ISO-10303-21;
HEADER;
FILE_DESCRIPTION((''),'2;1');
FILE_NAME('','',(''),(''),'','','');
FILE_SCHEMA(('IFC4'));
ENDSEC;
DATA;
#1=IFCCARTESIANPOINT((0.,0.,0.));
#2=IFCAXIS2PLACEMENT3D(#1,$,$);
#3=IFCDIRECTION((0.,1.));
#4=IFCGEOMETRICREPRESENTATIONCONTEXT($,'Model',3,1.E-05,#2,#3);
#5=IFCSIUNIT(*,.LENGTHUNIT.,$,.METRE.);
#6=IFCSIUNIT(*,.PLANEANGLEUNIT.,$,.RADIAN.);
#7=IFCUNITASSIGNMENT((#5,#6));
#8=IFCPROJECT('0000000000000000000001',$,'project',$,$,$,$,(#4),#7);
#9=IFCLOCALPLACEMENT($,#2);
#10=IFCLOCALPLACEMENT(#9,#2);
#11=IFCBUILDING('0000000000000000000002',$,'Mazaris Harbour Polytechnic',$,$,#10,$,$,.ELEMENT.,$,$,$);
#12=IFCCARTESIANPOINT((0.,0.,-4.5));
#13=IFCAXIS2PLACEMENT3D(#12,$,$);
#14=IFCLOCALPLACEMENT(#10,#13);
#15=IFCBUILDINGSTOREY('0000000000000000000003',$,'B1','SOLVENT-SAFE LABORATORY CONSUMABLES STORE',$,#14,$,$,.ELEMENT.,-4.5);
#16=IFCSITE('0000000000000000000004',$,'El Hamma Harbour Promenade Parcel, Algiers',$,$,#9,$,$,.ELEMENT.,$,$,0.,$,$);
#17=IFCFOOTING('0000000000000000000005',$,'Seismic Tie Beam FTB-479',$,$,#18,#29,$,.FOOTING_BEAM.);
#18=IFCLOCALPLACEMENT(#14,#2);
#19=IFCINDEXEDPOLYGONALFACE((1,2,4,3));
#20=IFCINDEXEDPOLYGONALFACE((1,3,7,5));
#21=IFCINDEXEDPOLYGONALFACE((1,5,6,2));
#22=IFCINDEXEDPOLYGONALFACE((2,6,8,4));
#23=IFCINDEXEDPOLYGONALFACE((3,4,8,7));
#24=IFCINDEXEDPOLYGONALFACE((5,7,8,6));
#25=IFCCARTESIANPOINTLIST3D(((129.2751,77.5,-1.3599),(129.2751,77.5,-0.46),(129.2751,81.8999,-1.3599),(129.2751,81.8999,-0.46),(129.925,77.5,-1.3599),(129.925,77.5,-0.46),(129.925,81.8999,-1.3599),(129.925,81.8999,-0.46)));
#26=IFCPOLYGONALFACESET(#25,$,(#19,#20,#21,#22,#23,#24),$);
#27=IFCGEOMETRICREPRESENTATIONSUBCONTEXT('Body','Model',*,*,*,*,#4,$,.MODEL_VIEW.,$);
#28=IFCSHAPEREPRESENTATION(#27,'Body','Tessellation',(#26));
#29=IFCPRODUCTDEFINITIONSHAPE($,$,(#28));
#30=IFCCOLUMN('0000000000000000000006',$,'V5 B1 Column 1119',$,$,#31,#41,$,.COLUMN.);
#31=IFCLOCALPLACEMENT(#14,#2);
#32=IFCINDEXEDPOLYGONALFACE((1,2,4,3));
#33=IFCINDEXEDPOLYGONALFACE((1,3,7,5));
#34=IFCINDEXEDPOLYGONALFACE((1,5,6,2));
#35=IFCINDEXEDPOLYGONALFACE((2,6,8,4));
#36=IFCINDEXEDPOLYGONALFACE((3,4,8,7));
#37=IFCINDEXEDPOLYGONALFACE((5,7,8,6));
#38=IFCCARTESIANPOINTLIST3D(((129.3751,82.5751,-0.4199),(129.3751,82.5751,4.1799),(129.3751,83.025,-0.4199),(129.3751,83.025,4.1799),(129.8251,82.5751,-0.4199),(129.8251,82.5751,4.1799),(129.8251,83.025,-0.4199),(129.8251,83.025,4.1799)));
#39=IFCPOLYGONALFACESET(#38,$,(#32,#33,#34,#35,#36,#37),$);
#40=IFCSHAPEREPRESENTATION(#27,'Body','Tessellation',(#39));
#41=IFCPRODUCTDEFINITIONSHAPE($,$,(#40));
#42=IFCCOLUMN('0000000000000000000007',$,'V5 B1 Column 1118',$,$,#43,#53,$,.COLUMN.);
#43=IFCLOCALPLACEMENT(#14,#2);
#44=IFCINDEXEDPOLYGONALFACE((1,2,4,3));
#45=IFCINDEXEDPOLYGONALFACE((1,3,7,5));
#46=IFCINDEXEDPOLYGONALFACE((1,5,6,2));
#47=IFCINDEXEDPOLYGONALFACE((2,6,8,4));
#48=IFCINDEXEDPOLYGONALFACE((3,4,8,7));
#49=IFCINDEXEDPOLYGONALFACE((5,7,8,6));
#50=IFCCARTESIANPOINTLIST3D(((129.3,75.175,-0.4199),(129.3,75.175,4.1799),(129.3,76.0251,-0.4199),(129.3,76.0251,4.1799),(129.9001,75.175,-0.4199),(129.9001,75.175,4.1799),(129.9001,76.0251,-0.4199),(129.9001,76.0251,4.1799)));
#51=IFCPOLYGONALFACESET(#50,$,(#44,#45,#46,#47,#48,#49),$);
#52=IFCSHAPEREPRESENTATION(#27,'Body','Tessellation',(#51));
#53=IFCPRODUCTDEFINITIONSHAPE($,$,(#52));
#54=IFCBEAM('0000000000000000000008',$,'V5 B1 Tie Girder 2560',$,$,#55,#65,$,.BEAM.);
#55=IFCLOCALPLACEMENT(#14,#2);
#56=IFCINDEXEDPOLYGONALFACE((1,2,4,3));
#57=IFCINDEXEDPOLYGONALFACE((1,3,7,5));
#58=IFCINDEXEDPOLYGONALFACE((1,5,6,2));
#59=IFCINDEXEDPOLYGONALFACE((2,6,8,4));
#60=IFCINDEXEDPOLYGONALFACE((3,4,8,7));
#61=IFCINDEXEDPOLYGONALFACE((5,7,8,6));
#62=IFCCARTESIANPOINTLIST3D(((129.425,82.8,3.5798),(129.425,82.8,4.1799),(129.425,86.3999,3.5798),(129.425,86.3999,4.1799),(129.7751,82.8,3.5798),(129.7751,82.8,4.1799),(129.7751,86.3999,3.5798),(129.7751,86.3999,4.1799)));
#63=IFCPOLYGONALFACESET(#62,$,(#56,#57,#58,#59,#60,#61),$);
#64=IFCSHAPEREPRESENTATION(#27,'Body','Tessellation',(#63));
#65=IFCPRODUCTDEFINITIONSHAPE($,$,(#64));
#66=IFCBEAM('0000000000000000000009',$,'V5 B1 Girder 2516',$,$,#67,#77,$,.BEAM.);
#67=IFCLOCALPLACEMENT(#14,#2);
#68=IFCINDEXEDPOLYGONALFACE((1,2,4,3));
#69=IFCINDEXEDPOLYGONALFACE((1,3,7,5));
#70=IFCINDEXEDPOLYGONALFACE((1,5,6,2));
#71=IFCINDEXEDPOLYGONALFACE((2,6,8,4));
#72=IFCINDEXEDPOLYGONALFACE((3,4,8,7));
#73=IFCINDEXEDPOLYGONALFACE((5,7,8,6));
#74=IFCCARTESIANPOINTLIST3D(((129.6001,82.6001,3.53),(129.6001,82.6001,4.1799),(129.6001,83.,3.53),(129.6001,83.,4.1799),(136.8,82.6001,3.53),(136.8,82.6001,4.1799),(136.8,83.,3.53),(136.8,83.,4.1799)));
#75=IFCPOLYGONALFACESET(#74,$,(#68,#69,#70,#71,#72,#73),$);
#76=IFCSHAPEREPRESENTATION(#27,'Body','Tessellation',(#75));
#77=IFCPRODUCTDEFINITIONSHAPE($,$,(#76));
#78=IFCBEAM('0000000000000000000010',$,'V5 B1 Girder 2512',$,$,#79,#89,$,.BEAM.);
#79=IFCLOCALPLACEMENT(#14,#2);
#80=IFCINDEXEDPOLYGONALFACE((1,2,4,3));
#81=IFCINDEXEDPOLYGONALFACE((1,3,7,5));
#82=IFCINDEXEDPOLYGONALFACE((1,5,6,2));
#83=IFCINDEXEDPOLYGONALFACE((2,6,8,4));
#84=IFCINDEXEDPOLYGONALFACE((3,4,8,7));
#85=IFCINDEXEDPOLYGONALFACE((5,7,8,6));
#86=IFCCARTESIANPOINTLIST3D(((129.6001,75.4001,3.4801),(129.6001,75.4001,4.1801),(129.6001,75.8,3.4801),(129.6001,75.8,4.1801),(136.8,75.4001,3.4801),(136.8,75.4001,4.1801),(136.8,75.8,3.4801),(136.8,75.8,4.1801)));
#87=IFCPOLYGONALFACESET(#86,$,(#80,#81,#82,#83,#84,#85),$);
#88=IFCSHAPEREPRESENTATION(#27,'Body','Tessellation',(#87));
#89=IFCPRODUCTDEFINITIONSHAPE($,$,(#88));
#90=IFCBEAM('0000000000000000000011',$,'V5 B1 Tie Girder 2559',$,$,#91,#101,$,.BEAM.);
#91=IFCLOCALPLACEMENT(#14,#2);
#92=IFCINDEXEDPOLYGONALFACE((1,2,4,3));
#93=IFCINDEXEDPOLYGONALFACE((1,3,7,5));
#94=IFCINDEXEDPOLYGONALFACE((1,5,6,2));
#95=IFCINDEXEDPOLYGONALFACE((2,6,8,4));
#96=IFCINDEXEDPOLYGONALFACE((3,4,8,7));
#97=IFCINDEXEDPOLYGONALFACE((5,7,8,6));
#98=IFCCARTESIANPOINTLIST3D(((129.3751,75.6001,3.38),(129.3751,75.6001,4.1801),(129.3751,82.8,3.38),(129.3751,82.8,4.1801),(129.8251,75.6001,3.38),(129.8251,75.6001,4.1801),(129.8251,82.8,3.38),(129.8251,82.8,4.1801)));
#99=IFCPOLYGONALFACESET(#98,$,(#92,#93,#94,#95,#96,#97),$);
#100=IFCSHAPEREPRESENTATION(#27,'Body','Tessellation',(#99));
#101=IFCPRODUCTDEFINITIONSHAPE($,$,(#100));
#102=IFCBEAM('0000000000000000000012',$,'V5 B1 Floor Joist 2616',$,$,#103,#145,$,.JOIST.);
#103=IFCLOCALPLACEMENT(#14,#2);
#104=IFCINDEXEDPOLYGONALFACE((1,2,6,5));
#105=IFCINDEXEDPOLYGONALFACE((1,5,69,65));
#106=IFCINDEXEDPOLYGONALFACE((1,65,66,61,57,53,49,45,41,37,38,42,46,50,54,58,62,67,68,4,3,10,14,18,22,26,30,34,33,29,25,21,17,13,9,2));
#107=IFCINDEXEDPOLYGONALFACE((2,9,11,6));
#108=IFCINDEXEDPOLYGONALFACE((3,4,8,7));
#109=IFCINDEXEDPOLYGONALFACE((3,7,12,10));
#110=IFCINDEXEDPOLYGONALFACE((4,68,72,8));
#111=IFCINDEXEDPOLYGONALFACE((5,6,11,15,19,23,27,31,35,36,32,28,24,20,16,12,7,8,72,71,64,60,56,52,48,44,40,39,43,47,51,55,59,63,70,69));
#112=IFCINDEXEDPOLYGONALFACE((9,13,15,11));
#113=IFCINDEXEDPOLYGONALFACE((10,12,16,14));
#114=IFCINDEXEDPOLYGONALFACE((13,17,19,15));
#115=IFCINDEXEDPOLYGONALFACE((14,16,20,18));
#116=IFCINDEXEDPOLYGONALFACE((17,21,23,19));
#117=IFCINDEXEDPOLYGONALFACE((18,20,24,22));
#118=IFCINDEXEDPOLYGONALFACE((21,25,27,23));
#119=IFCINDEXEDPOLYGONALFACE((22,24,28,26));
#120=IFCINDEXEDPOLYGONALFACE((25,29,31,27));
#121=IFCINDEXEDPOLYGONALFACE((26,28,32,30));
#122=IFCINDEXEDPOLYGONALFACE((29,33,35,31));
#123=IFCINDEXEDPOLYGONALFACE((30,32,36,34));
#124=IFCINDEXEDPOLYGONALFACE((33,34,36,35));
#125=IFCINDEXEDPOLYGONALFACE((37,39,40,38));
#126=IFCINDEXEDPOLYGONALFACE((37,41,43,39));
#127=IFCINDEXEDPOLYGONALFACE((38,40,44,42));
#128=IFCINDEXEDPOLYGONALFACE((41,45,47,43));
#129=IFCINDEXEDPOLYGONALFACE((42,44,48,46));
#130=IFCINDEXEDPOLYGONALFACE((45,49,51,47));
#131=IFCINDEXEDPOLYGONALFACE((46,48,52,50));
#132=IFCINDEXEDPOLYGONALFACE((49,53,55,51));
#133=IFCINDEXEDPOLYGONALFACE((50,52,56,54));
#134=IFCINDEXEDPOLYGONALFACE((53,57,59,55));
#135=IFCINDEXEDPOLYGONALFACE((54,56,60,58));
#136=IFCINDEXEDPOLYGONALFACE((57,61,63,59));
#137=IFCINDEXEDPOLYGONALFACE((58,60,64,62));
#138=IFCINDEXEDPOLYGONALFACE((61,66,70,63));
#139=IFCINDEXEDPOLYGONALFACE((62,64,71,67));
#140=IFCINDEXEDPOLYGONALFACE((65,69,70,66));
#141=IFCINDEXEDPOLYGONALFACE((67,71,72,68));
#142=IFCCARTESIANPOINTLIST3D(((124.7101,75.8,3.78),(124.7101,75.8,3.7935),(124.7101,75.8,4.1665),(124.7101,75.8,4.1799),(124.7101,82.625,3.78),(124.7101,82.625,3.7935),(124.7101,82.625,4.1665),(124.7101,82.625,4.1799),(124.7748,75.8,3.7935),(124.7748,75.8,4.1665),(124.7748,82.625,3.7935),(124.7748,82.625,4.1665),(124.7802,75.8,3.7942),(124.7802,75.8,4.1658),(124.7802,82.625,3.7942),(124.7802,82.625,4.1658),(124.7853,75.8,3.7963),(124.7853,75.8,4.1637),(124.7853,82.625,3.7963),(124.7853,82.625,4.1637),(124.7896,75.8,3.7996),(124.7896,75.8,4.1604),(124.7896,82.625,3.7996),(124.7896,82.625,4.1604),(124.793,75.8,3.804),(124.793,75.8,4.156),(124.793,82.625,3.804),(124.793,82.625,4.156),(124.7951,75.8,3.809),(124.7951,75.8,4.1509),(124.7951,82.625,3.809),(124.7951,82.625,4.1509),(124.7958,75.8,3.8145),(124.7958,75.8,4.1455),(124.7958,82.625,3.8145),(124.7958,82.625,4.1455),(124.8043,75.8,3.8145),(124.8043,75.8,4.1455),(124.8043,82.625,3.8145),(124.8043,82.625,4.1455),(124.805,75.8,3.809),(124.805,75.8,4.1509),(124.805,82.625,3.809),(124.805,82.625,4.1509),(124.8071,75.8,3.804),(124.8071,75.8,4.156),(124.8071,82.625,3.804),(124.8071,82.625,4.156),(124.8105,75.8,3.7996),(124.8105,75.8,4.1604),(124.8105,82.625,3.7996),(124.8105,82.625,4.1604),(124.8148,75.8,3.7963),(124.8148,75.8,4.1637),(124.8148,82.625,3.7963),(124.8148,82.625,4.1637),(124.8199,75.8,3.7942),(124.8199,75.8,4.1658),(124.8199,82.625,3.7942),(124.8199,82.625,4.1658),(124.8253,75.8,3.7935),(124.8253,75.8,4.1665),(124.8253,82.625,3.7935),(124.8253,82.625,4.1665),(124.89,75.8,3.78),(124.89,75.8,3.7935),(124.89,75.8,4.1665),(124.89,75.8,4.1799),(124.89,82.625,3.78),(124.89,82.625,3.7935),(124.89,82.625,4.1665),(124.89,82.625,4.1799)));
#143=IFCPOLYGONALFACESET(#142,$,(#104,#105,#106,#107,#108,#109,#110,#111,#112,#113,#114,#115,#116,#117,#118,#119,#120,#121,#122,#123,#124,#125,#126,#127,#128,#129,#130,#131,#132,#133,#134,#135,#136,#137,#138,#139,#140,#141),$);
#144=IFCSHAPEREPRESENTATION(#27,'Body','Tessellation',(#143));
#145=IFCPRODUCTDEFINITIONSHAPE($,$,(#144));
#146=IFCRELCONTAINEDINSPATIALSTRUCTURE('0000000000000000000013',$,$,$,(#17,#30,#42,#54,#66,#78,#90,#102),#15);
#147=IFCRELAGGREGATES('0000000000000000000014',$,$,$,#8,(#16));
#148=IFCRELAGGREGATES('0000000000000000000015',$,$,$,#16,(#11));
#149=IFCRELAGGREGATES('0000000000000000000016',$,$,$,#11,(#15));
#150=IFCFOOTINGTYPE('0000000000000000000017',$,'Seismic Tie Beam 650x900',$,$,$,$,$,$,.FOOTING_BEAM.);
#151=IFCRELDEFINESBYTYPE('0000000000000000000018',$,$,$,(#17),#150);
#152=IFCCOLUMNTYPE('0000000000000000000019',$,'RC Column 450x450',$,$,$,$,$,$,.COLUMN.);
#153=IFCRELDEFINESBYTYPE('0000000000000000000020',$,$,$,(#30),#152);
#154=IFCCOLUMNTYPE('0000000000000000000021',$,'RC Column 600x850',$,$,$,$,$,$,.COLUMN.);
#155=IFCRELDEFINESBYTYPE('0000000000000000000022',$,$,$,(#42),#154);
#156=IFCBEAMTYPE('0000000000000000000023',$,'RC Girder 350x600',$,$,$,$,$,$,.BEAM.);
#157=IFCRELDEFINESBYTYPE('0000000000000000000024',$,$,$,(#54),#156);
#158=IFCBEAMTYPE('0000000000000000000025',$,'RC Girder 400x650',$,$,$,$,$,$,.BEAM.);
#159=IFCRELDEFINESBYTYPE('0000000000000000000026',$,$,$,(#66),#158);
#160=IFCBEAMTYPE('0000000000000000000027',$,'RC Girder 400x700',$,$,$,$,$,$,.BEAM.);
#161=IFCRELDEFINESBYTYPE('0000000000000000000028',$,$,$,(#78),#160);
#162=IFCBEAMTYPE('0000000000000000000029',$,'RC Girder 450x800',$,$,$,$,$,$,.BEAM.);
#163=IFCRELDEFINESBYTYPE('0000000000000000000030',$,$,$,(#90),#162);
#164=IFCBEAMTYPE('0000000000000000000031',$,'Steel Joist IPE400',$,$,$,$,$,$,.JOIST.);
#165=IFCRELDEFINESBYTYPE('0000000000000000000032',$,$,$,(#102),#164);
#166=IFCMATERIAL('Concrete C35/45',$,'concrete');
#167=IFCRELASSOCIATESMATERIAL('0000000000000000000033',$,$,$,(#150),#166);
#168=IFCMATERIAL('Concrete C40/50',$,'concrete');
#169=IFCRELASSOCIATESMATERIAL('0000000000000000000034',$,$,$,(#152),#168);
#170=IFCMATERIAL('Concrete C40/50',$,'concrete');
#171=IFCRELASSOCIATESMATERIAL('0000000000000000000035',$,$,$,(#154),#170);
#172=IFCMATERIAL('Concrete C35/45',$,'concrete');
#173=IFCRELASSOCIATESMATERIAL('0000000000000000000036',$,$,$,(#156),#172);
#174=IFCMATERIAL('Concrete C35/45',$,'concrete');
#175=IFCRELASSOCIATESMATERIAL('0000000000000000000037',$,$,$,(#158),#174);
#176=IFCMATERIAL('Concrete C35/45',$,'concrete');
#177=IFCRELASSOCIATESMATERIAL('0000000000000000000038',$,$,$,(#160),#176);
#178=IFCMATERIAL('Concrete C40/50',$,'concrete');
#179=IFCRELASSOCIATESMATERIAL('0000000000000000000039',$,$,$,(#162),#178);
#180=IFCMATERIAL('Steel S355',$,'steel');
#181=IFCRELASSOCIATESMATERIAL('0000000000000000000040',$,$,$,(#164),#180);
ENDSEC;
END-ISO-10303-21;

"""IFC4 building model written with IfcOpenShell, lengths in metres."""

from ifc_helpers import new_model, si_unit, direction, frame, origin, origin_2d, place, context, subcontext, project, spatial, rectangle, i_section, extrude, material, material_profile, profile_set, type_object, element, save


model = new_model("IFC4")

# Units and contexts
model_context = context("Model", 3, precision=1e-05, world=origin(), true_north=direction((0.0, 1.0)))
body_context = subcontext(model_context, "Body", "Model", "MODEL_VIEW")
ifc_project = project(units=[si_unit("LENGTHUNIT", "METRE"), si_unit("PLANEANGLEUNIT", "RADIAN")], contexts=[model_context])

# Site, building, storey
site_placement = place(None, origin())
site = spatial("IfcSite", under=ifc_project, at=site_placement, Name="El Hamma Harbour Promenade Parcel, Algiers", CompositionType="ELEMENT", RefElevation=0.0)
building_placement = place(site_placement, origin())
building = spatial("IfcBuilding", under=site, at=building_placement, Name="Mazaris Harbour Polytechnic", CompositionType="ELEMENT")
storey_placement = place(building_placement, frame((0.0, 0.0, -4.5)))
storey = spatial("IfcBuildingStorey", under=building, at=storey_placement, Name="B1", Description="SOLVENT-SAFE LABORATORY CONSUMABLES STORE", CompositionType="ELEMENT", Elevation=-4.5)

# Footing
ifc_material_1 = material(Name="Concrete C35/45", Category="concrete")
ifc_material_profile_1 = material_profile(ifc_material_1, rectangle(XDim=0.6499, YDim=0.8999, at=origin_2d()), Name="RECT650x900")
ifc_profile_set_1 = profile_set([ifc_material_profile_1], Name="Concrete C35/45")
footing_type_1 = type_object("IfcFootingType", Name="Seismic Tie Beam 650x900", PredefinedType="FOOTING_BEAM", material=ifc_profile_set_1)
footing_1_placement = place(storey_placement, frame((129.6001, 77.5, -0.9099), z_axis=(0.0, 1.0, 0.0), x_axis=(-1.0, 0.0, 0.0)))
element("IfcFooting", 1, at=footing_1_placement, inside=storey, type_object=footing_type_1, Name="Seismic Tie Beam FTB-479", PredefinedType="FOOTING_BEAM", context=body_context, shape_type="SweptSolid", body=[
    extrude(rectangle(XDim=0.6499, YDim=0.8999, at=origin_2d()), origin(), (0.0, 0.0, 1.0), 4.3999),
])

# Columns
ifc_material_2 = material(Name="Concrete C40/50", Category="concrete")
ifc_material_profile_2 = material_profile(ifc_material_2, rectangle(XDim=0.45, YDim=0.45, at=origin_2d()), Name="RECT450x450")
ifc_profile_set_2 = profile_set([ifc_material_profile_2], Name="Concrete C40/50")
column_type_1 = type_object("IfcColumnType", Name="RC Column 450x450", PredefinedType="COLUMN", material=ifc_profile_set_2)
column_1_placement = place(storey_placement, frame((129.6001, 82.8, -0.4199), z_axis=(0.0, 0.0, 1.0), x_axis=(1.0, 0.0, 0.0)))
element("IfcColumn", 2, at=column_1_placement, inside=storey, type_object=column_type_1, Name="V5 B1 Column 1119", PredefinedType="COLUMN", context=body_context, shape_type="SweptSolid", body=[
    extrude(rectangle(XDim=0.45, YDim=0.45, at=origin_2d()), origin(), (0.0, 0.0, 1.0), 4.5999),
])
ifc_material_3 = material(Name="Concrete C40/50", Category="concrete")
ifc_material_profile_3 = material_profile(ifc_material_3, rectangle(XDim=0.6001, YDim=0.8501, at=origin_2d()), Name="RECT600x850")
ifc_profile_set_3 = profile_set([ifc_material_profile_3], Name="Concrete C40/50")
column_type_2 = type_object("IfcColumnType", Name="RC Column 600x850", PredefinedType="COLUMN", material=ifc_profile_set_3)
column_2_placement = place(storey_placement, frame((129.6001, 75.6001, -0.4199), z_axis=(0.0, 0.0, 1.0), x_axis=(1.0, 0.0, 0.0)))
element("IfcColumn", 3, at=column_2_placement, inside=storey, type_object=column_type_2, Name="V5 B1 Column 1118", PredefinedType="COLUMN", context=body_context, shape_type="SweptSolid", body=[
    extrude(rectangle(XDim=0.6001, YDim=0.8501, at=origin_2d()), origin(), (0.0, 0.0, 1.0), 4.5999),
])

# Beams
ifc_material_4 = material(Name="Concrete C35/45", Category="concrete")
ifc_material_profile_4 = material_profile(ifc_material_4, rectangle(XDim=0.3501, YDim=0.6001, at=origin_2d()), Name="RECT350x600")
ifc_profile_set_4 = profile_set([ifc_material_profile_4], Name="Concrete C35/45")
beam_type_1 = type_object("IfcBeamType", Name="RC Girder 350x600", PredefinedType="BEAM", material=ifc_profile_set_4)
beam_1_placement = place(storey_placement, frame((129.6001, 82.8, 3.8799), z_axis=(0.0, 1.0, 0.0), x_axis=(-1.0, 0.0, 0.0)))
element("IfcBeam", 4, at=beam_1_placement, inside=storey, type_object=beam_type_1, Name="V5 B1 Tie Girder 2560", PredefinedType="BEAM", context=body_context, shape_type="SweptSolid", body=[
    extrude(rectangle(XDim=0.3501, YDim=0.6001, at=origin_2d()), origin(), (0.0, 0.0, 1.0), 3.5999),
])
ifc_material_5 = material(Name="Concrete C35/45", Category="concrete")
ifc_material_profile_5 = material_profile(ifc_material_5, rectangle(XDim=0.3999, YDim=0.6499, at=origin_2d()), Name="RECT400x650")
ifc_profile_set_5 = profile_set([ifc_material_profile_5], Name="Concrete C35/45")
beam_type_2 = type_object("IfcBeamType", Name="RC Girder 400x650", PredefinedType="BEAM", material=ifc_profile_set_5)
beam_2_placement = place(storey_placement, frame((129.6001, 82.8, 3.855), z_axis=(1.0, 0.0, 0.0), x_axis=(0.0, 1.0, 0.0)))
element("IfcBeam", 5, at=beam_2_placement, inside=storey, type_object=beam_type_2, Name="V5 B1 Girder 2516", PredefinedType="BEAM", context=body_context, shape_type="SweptSolid", body=[
    extrude(rectangle(XDim=0.3999, YDim=0.6499, at=origin_2d()), origin(), (0.0, 0.0, 1.0), 7.2),
])
ifc_material_6 = material(Name="Concrete C35/45", Category="concrete")
ifc_material_profile_6 = material_profile(ifc_material_6, rectangle(XDim=0.3999, YDim=0.7, at=origin_2d()), Name="RECT400x700")
ifc_profile_set_6 = profile_set([ifc_material_profile_6], Name="Concrete C35/45")
beam_type_3 = type_object("IfcBeamType", Name="RC Girder 400x700", PredefinedType="BEAM", material=ifc_profile_set_6)
beam_3_placement = place(storey_placement, frame((129.6001, 75.6001, 3.8301), z_axis=(1.0, 0.0, 0.0), x_axis=(0.0, 1.0, 0.0)))
element("IfcBeam", 6, at=beam_3_placement, inside=storey, type_object=beam_type_3, Name="V5 B1 Girder 2512", PredefinedType="BEAM", context=body_context, shape_type="SweptSolid", body=[
    extrude(rectangle(XDim=0.3999, YDim=0.7, at=origin_2d()), origin(), (0.0, 0.0, 1.0), 7.2),
])
ifc_material_7 = material(Name="Concrete C40/50", Category="concrete")
ifc_material_profile_7 = material_profile(ifc_material_7, rectangle(XDim=0.45, YDim=0.8, at=origin_2d()), Name="RECT450x800")
ifc_profile_set_7 = profile_set([ifc_material_profile_7], Name="Concrete C40/50")
beam_type_4 = type_object("IfcBeamType", Name="RC Girder 450x800", PredefinedType="BEAM", material=ifc_profile_set_7)
beam_4_placement = place(storey_placement, frame((129.6001, 75.6001, 3.78), z_axis=(0.0, 1.0, 0.0), x_axis=(-1.0, 0.0, 0.0)))
element("IfcBeam", 7, at=beam_4_placement, inside=storey, type_object=beam_type_4, Name="V5 B1 Tie Girder 2559", PredefinedType="BEAM", context=body_context, shape_type="SweptSolid", body=[
    extrude(rectangle(XDim=0.45, YDim=0.8, at=origin_2d()), origin(), (0.0, 0.0, 1.0), 7.2),
])
ifc_material_8 = material(Name="Steel S355", Category="steel")
ifc_material_profile_8 = material_profile(ifc_material_8, i_section(OverallWidth=0.1799, OverallDepth=0.3999, WebThickness=0.0085, FlangeThickness=0.0134, FilletRadius=0.021, at=origin_2d()), Name="IPE 400")
ifc_profile_set_8 = profile_set([ifc_material_profile_8], Name="Steel S355")
beam_type_5 = type_object("IfcBeamType", Name="Steel Joist IPE400", PredefinedType="JOIST", material=ifc_profile_set_8)
beam_5_placement = place(storey_placement, frame((124.8, 75.8, 3.98), z_axis=(0.0, 1.0, 0.0), x_axis=(-1.0, 0.0, 0.0)))
element("IfcBeam", 8, at=beam_5_placement, inside=storey, type_object=beam_type_5, Name="V5 B1 Floor Joist 2616", PredefinedType="JOIST", context=body_context, shape_type="SweptSolid", body=[
    extrude(i_section(OverallWidth=0.1799, OverallDepth=0.3999, WebThickness=0.0085, FlangeThickness=0.0134, FilletRadius=0.021, at=origin_2d()), origin(), (0.0, 0.0, 1.0), 6.825),
])

save(model, "model.ifc")
